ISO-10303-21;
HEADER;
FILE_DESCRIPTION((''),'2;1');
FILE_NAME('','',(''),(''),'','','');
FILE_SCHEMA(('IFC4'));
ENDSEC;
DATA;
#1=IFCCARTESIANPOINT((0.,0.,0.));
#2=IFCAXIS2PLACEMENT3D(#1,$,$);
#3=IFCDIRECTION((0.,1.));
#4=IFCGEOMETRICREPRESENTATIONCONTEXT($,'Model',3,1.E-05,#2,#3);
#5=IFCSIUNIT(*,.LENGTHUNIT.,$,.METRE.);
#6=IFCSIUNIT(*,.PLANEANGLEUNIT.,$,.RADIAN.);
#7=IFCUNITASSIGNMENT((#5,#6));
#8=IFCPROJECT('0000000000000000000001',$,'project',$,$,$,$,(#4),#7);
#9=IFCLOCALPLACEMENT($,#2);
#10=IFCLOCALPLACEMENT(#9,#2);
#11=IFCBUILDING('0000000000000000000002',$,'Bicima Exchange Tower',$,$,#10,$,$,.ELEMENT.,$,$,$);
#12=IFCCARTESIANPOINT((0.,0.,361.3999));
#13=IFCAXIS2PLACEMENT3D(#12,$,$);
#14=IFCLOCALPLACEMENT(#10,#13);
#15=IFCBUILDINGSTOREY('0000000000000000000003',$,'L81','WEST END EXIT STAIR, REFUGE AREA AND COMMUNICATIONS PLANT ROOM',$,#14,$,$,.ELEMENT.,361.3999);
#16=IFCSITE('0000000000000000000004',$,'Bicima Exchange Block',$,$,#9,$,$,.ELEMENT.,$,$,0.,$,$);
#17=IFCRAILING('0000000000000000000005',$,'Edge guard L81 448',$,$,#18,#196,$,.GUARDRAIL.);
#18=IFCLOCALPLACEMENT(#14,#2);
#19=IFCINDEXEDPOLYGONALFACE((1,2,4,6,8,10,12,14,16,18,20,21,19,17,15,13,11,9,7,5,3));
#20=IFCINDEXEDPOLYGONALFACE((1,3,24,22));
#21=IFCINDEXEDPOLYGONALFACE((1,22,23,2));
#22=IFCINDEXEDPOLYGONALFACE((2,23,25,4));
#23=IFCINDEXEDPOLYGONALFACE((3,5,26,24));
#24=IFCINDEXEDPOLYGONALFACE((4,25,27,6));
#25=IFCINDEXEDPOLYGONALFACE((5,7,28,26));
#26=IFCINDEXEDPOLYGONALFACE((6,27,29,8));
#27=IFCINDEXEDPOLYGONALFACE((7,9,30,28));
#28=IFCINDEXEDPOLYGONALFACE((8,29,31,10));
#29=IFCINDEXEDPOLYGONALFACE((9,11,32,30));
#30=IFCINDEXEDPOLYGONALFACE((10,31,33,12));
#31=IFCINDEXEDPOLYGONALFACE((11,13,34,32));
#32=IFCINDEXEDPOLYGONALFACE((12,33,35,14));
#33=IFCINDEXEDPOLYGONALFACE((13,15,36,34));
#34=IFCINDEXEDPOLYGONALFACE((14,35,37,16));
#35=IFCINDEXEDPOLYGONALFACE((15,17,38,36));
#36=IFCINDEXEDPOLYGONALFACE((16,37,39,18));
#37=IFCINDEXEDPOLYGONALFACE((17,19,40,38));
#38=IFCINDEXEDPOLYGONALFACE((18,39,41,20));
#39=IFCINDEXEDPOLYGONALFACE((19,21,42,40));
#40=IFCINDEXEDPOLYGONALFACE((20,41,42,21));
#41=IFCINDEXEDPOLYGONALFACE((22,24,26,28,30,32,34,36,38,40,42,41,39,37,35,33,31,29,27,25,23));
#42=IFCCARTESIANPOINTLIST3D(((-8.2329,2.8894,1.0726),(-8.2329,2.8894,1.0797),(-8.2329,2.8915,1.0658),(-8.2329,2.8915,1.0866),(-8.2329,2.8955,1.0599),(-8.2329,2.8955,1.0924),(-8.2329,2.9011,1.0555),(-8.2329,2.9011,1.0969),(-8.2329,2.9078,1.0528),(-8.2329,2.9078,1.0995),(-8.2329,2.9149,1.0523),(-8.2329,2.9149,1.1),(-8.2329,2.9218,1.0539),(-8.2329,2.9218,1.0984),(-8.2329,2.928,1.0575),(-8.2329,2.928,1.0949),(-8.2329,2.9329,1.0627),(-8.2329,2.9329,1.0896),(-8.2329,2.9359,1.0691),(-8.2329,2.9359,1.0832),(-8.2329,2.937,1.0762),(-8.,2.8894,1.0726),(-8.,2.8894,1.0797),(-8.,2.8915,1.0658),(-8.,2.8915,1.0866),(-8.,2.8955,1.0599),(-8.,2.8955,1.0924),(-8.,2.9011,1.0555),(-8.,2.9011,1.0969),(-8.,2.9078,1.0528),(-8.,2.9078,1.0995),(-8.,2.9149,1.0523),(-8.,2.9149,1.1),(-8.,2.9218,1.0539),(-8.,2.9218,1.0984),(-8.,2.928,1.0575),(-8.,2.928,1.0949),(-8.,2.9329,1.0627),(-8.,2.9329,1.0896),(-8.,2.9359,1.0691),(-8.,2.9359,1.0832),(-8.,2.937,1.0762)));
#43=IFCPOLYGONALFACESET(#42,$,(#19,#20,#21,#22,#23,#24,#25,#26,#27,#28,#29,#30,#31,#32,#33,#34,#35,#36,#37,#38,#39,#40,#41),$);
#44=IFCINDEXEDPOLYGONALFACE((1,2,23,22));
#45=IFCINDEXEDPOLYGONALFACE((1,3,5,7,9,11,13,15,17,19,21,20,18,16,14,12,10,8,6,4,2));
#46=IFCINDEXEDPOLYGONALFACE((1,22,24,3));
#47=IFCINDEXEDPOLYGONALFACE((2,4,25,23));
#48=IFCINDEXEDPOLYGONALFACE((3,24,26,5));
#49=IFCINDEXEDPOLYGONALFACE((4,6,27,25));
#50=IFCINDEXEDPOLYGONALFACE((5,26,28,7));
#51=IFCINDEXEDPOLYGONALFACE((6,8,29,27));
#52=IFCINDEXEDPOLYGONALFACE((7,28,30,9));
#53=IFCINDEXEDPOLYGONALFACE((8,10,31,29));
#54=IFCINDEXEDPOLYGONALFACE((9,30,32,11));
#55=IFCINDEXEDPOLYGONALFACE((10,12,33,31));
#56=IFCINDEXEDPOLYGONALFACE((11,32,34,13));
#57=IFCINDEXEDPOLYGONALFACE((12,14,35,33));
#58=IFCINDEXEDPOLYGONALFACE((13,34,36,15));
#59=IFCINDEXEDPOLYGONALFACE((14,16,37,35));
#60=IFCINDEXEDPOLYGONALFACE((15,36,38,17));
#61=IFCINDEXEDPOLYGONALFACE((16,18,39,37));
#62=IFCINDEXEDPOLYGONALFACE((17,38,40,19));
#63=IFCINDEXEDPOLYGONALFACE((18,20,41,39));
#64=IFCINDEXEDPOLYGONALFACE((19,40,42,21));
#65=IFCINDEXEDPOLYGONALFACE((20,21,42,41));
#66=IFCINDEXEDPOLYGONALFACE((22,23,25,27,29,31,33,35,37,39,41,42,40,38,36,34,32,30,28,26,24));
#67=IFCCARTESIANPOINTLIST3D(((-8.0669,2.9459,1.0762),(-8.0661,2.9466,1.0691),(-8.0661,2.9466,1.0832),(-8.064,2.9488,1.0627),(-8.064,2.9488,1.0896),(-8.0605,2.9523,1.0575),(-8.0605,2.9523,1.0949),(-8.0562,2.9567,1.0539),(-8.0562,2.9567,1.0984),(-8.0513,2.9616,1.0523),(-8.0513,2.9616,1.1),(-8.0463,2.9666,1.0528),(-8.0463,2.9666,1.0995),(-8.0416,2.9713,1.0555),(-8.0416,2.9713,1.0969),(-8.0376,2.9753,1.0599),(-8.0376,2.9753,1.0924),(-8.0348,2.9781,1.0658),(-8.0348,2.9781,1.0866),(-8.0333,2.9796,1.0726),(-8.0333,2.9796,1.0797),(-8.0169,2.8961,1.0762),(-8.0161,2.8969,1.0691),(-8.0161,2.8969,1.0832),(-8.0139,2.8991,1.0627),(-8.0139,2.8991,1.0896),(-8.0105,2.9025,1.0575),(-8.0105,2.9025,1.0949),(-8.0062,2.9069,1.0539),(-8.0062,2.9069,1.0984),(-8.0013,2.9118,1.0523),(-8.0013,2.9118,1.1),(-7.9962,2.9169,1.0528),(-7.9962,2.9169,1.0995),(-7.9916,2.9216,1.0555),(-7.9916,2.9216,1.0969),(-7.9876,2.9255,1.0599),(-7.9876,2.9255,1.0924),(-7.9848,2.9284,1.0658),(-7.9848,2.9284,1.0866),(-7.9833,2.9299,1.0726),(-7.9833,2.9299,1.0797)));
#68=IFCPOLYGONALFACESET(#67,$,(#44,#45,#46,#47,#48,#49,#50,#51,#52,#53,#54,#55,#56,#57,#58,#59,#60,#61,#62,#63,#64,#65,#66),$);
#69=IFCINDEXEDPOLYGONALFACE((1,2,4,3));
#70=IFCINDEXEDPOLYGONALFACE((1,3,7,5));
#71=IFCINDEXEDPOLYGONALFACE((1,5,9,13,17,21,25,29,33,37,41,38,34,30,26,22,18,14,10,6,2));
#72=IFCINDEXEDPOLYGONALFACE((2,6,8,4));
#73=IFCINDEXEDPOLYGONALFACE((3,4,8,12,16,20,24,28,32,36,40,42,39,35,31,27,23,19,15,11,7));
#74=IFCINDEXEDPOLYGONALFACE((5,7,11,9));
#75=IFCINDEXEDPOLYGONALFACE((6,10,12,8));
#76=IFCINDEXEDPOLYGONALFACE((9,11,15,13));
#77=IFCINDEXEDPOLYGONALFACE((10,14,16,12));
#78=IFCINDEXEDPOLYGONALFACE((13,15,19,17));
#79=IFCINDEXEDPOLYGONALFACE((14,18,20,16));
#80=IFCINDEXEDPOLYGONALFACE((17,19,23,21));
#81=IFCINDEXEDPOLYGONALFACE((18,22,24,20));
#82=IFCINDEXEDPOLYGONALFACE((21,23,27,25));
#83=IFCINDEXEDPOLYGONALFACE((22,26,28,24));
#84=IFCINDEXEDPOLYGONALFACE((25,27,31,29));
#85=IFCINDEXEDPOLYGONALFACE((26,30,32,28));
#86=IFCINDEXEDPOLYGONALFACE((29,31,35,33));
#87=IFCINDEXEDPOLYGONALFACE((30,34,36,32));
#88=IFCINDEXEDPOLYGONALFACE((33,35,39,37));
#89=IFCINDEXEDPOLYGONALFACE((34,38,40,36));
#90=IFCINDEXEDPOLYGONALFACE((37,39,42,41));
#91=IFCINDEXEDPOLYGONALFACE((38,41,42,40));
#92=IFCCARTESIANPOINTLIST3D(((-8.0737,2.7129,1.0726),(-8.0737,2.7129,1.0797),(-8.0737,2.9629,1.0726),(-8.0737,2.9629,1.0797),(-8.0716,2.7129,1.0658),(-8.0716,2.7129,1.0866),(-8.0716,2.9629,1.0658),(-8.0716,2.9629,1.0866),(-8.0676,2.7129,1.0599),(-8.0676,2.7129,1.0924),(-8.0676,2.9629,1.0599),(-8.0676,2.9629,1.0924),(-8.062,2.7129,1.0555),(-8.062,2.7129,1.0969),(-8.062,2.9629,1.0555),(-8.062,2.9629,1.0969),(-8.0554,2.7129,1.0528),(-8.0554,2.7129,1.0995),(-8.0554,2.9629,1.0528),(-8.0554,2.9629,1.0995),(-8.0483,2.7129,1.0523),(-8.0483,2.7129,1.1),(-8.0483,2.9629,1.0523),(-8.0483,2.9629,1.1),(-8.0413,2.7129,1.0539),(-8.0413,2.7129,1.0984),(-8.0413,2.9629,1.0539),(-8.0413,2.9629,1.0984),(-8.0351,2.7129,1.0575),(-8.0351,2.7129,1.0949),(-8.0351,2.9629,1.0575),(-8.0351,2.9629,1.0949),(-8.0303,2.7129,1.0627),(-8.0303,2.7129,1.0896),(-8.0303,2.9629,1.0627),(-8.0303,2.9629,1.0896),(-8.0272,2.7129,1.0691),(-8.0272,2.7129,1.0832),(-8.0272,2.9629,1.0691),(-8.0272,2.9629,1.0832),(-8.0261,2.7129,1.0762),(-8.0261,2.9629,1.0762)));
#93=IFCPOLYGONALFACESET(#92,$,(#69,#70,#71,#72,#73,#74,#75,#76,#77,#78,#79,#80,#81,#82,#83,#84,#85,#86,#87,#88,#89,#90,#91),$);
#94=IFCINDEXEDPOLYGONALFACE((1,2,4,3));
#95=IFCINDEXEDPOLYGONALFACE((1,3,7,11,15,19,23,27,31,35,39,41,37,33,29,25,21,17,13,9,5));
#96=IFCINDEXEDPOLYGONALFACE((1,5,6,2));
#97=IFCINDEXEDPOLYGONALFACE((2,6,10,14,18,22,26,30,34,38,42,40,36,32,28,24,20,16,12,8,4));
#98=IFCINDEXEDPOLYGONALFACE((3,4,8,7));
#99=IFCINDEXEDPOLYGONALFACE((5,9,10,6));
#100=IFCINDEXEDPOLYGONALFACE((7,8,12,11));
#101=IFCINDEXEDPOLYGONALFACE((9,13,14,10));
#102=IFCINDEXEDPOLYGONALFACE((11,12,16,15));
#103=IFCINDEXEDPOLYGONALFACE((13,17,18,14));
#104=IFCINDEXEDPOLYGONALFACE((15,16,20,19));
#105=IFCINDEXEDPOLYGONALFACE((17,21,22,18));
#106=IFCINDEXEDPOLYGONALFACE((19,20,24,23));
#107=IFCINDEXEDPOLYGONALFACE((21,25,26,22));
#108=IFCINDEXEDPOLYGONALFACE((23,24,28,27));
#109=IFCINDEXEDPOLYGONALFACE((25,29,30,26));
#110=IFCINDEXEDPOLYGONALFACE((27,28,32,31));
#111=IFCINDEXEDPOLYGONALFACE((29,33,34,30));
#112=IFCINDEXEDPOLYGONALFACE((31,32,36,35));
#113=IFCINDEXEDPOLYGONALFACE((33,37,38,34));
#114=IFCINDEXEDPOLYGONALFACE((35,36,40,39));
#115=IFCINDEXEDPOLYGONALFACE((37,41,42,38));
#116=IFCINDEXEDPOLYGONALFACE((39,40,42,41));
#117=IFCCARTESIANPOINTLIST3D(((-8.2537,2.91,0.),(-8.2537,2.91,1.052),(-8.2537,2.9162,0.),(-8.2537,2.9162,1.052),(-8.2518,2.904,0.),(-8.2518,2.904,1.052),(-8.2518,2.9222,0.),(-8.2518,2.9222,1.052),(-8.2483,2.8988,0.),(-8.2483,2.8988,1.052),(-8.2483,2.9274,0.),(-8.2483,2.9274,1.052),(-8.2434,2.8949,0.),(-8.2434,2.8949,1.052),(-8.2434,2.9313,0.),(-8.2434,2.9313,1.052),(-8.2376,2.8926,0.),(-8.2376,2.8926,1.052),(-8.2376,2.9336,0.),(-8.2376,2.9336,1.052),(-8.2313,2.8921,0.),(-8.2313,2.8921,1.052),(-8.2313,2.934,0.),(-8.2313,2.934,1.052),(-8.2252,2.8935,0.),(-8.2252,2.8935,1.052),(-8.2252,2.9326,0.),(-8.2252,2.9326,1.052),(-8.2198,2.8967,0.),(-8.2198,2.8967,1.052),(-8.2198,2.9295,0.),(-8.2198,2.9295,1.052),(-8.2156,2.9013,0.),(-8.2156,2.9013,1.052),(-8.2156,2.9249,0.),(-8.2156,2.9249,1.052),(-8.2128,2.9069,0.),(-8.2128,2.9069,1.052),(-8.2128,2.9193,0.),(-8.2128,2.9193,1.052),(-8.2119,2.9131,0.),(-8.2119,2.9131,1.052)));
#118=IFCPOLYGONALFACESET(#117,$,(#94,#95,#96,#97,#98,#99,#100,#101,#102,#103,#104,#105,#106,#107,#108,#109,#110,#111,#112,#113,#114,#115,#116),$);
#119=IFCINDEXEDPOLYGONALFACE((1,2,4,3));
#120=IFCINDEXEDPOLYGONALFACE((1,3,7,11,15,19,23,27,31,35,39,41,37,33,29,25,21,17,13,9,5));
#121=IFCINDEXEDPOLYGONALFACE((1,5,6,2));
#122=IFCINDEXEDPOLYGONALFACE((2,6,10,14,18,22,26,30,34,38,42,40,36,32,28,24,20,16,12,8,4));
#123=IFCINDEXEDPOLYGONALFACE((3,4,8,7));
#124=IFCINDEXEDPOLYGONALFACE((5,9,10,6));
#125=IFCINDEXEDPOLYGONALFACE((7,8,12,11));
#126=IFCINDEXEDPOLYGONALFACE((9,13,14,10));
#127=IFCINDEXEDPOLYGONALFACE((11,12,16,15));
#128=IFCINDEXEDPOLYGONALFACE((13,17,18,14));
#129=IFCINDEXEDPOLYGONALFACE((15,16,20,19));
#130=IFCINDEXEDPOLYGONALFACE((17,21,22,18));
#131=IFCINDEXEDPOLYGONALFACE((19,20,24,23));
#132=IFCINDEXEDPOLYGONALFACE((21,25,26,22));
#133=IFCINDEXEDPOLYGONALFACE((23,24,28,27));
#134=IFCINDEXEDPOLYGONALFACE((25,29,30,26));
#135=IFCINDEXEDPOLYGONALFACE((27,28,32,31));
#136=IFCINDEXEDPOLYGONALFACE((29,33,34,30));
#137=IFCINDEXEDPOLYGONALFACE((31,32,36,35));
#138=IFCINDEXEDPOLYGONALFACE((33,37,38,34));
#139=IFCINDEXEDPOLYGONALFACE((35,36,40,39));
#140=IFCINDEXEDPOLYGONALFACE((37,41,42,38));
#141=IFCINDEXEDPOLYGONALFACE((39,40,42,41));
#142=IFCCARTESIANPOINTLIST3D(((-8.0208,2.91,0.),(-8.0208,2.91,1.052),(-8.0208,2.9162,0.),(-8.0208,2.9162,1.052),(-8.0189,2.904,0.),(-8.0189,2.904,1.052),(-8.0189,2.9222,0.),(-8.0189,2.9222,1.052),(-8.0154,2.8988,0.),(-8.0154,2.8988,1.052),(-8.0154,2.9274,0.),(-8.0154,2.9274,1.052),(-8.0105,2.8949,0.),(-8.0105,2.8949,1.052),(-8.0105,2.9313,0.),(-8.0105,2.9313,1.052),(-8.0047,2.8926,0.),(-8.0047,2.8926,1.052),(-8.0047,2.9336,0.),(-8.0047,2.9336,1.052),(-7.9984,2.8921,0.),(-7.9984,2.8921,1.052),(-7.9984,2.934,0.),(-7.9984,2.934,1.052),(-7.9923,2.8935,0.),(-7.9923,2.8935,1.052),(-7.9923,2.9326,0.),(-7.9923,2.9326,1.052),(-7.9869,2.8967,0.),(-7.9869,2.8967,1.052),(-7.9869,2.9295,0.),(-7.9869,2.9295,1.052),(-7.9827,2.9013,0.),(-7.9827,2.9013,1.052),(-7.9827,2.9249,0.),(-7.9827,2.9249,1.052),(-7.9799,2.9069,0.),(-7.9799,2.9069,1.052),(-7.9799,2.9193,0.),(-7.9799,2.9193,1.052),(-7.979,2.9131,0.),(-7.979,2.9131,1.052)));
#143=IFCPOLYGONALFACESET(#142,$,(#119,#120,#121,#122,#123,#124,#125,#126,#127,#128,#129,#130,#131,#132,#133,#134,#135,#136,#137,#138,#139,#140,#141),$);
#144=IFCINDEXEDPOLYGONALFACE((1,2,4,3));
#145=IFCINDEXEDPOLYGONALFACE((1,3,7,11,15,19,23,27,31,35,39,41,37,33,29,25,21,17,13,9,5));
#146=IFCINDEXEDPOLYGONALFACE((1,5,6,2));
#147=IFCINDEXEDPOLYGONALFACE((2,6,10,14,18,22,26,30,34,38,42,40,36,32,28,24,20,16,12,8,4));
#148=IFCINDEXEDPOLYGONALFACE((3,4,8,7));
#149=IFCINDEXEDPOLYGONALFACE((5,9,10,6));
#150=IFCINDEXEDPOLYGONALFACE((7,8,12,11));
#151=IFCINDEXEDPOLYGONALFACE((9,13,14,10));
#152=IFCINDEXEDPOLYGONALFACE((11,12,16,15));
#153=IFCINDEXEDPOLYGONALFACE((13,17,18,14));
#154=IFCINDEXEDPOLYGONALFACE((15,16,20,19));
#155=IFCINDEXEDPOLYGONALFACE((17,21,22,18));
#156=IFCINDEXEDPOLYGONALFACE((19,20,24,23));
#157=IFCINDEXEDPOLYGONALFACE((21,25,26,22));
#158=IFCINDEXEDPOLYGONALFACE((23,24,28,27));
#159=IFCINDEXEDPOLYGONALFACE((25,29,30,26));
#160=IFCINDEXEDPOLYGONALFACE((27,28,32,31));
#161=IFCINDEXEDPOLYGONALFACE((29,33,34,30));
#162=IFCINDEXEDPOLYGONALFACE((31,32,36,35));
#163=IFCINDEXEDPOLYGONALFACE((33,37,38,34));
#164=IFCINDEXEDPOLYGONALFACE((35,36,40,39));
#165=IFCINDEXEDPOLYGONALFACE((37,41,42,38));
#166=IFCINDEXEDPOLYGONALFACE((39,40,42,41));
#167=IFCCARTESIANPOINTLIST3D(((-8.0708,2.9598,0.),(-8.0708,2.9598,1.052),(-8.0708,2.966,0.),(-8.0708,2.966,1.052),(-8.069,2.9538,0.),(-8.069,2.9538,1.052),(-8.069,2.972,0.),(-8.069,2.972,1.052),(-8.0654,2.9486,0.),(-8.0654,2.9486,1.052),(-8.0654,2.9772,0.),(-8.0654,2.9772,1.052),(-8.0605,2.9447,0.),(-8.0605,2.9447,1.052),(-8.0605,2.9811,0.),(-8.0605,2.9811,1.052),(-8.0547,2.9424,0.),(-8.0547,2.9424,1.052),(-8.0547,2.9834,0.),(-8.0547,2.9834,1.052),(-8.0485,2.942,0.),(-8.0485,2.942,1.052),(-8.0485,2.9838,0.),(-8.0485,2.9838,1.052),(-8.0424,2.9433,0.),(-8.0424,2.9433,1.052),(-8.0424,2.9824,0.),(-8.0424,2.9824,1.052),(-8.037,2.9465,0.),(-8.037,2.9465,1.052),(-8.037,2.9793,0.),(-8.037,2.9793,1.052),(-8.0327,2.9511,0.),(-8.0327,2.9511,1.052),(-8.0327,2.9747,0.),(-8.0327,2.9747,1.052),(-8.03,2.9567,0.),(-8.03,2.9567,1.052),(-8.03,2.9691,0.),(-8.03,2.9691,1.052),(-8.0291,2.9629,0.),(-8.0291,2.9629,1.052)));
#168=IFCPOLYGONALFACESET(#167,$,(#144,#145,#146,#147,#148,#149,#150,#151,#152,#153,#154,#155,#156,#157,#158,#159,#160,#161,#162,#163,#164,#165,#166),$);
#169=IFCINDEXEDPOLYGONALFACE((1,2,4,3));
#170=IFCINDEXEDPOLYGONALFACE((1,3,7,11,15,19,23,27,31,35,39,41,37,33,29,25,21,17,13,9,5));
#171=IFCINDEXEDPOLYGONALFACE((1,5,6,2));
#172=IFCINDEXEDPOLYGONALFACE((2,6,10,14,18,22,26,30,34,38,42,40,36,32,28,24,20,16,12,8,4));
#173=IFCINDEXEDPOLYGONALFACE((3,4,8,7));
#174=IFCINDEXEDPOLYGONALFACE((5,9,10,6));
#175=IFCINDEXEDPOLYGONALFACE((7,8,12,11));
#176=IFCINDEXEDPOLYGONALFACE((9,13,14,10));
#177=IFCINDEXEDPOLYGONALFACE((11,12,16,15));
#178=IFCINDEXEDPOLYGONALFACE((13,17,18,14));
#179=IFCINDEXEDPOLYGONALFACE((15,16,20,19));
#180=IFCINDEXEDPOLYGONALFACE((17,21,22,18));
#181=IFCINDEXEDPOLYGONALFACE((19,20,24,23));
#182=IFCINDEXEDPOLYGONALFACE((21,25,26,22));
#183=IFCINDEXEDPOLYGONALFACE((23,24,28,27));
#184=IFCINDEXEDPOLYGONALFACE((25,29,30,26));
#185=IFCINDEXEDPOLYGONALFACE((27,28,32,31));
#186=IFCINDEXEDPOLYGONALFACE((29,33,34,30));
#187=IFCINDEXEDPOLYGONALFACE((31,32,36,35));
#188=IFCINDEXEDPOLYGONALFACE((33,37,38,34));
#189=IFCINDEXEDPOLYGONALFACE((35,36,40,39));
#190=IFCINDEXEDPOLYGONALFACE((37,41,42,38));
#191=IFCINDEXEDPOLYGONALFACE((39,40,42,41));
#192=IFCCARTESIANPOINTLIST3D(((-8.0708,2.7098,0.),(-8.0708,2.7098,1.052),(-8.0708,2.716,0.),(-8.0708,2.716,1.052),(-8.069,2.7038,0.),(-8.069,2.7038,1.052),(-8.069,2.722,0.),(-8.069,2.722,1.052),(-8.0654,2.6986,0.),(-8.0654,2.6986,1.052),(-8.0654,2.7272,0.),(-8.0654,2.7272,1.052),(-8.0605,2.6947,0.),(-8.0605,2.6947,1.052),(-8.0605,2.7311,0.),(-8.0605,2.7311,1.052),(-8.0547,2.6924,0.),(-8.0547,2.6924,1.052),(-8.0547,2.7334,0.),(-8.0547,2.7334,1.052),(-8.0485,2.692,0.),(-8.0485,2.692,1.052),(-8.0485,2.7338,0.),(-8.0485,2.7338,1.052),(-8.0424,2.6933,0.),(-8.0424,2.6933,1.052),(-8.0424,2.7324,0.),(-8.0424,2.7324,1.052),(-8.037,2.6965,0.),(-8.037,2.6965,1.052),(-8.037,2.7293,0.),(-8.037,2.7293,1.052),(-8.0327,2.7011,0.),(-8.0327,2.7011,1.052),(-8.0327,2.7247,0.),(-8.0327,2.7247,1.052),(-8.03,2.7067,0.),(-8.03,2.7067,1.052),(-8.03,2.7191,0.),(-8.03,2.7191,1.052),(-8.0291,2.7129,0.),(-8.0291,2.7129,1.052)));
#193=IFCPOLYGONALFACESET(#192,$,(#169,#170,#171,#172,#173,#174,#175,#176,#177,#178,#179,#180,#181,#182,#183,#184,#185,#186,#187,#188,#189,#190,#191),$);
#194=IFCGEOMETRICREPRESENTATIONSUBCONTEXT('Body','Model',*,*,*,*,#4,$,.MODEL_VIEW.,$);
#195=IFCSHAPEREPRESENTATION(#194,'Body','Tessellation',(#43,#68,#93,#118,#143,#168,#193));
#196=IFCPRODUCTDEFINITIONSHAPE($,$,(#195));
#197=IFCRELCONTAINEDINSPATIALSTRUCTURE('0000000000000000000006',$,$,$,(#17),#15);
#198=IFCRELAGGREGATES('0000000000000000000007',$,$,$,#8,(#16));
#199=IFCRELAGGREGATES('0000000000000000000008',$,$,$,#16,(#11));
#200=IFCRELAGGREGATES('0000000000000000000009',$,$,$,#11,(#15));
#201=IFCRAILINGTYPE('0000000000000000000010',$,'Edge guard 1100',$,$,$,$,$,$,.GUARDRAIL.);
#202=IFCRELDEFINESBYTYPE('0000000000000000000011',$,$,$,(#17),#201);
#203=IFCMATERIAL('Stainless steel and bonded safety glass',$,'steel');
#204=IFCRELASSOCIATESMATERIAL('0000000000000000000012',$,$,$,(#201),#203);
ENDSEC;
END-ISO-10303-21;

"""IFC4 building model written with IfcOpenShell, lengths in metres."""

from ifc_helpers import new_model, si_unit, direction, frame, origin, origin_2d, place, context, subcontext, project, spatial, circle, extrude, material, type_object, element, save


model = new_model("IFC4")

# Units and contexts
model_context = context("Model", 3, precision=1e-05, world=origin(), true_north=direction((0.0, 1.0)))
body_context = subcontext(model_context, "Body", "Model", "MODEL_VIEW")
ifc_project = project(units=[si_unit("LENGTHUNIT", "METRE"), si_unit("PLANEANGLEUNIT", "RADIAN")], contexts=[model_context])

# Site, building, storey
site_placement = place(None, origin())
site = spatial("IfcSite", under=ifc_project, at=site_placement, Name="Bicima Exchange Block", CompositionType="ELEMENT", RefElevation=0.0)
building_placement = place(site_placement, origin())
building = spatial("IfcBuilding", under=site, at=building_placement, Name="Bicima Exchange Tower", CompositionType="ELEMENT")
storey_placement = place(building_placement, frame((0.0, 0.0, 361.3999)))
storey = spatial("IfcBuildingStorey", under=building, at=storey_placement, Name="L81", Description="WEST END EXIT STAIR, REFUGE AREA AND COMMUNICATIONS PLANT ROOM", CompositionType="ELEMENT", Elevation=361.3999)

# Railing
ifc_material_1 = material(Name="Stainless steel and bonded safety glass", Category="steel")
railing_type_1 = type_object("IfcRailingType", Name="Edge guard 1100", PredefinedType="GUARDRAIL", material=ifc_material_1)
railing_1_placement = place(storey_placement, frame((-8.2329, 2.9131, 0.0)))
element("IfcRailing", 1, at=railing_1_placement, inside=storey, type_object=railing_type_1, Name="Edge guard L81 448", PredefinedType="GUARDRAIL", context=body_context, shape_type="SweptSolid", body=[
    extrude(circle(Radius=0.0239, at=origin_2d()), frame((0.0, 0.0, 1.0762), z_axis=(1.0, 0.0, 0.0), x_axis=(0.0, 1.0, 0.0)), (0.0, 0.0, 1.0), 0.2329),
    extrude(circle(Radius=0.0239, at=origin_2d()), frame((0.2329, 0.0, 1.0762), z_axis=(-0.708834, 0.705376, 0.0), x_axis=(-0.705376, -0.708834, 0.0)), (0.0, 0.0, 1.0), 0.0706),
    extrude(circle(Radius=0.0239, at=origin_2d()), frame((0.1829, 0.0498, 1.0762), z_axis=(0.0, -1.0, 0.0), x_axis=(1.0, 0.0, 0.0)), (0.0, 0.0, 1.0), 0.25),
    extrude(circle(Radius=0.021, at=origin_2d()), origin(), (0.0, 0.0, 1.0), 1.052),
    extrude(circle(Radius=0.021, at=origin_2d()), frame((0.2329, 0.0, 0.0)), (0.0, 0.0, 1.0), 1.052),
    extrude(circle(Radius=0.021, at=origin_2d()), frame((0.1829, 0.0498, 0.0)), (0.0, 0.0, 1.0), 1.052),
    extrude(circle(Radius=0.021, at=origin_2d()), frame((0.1829, -0.2002, 0.0)), (0.0, 0.0, 1.0), 1.052),
])

save(model, "model.ifc")
